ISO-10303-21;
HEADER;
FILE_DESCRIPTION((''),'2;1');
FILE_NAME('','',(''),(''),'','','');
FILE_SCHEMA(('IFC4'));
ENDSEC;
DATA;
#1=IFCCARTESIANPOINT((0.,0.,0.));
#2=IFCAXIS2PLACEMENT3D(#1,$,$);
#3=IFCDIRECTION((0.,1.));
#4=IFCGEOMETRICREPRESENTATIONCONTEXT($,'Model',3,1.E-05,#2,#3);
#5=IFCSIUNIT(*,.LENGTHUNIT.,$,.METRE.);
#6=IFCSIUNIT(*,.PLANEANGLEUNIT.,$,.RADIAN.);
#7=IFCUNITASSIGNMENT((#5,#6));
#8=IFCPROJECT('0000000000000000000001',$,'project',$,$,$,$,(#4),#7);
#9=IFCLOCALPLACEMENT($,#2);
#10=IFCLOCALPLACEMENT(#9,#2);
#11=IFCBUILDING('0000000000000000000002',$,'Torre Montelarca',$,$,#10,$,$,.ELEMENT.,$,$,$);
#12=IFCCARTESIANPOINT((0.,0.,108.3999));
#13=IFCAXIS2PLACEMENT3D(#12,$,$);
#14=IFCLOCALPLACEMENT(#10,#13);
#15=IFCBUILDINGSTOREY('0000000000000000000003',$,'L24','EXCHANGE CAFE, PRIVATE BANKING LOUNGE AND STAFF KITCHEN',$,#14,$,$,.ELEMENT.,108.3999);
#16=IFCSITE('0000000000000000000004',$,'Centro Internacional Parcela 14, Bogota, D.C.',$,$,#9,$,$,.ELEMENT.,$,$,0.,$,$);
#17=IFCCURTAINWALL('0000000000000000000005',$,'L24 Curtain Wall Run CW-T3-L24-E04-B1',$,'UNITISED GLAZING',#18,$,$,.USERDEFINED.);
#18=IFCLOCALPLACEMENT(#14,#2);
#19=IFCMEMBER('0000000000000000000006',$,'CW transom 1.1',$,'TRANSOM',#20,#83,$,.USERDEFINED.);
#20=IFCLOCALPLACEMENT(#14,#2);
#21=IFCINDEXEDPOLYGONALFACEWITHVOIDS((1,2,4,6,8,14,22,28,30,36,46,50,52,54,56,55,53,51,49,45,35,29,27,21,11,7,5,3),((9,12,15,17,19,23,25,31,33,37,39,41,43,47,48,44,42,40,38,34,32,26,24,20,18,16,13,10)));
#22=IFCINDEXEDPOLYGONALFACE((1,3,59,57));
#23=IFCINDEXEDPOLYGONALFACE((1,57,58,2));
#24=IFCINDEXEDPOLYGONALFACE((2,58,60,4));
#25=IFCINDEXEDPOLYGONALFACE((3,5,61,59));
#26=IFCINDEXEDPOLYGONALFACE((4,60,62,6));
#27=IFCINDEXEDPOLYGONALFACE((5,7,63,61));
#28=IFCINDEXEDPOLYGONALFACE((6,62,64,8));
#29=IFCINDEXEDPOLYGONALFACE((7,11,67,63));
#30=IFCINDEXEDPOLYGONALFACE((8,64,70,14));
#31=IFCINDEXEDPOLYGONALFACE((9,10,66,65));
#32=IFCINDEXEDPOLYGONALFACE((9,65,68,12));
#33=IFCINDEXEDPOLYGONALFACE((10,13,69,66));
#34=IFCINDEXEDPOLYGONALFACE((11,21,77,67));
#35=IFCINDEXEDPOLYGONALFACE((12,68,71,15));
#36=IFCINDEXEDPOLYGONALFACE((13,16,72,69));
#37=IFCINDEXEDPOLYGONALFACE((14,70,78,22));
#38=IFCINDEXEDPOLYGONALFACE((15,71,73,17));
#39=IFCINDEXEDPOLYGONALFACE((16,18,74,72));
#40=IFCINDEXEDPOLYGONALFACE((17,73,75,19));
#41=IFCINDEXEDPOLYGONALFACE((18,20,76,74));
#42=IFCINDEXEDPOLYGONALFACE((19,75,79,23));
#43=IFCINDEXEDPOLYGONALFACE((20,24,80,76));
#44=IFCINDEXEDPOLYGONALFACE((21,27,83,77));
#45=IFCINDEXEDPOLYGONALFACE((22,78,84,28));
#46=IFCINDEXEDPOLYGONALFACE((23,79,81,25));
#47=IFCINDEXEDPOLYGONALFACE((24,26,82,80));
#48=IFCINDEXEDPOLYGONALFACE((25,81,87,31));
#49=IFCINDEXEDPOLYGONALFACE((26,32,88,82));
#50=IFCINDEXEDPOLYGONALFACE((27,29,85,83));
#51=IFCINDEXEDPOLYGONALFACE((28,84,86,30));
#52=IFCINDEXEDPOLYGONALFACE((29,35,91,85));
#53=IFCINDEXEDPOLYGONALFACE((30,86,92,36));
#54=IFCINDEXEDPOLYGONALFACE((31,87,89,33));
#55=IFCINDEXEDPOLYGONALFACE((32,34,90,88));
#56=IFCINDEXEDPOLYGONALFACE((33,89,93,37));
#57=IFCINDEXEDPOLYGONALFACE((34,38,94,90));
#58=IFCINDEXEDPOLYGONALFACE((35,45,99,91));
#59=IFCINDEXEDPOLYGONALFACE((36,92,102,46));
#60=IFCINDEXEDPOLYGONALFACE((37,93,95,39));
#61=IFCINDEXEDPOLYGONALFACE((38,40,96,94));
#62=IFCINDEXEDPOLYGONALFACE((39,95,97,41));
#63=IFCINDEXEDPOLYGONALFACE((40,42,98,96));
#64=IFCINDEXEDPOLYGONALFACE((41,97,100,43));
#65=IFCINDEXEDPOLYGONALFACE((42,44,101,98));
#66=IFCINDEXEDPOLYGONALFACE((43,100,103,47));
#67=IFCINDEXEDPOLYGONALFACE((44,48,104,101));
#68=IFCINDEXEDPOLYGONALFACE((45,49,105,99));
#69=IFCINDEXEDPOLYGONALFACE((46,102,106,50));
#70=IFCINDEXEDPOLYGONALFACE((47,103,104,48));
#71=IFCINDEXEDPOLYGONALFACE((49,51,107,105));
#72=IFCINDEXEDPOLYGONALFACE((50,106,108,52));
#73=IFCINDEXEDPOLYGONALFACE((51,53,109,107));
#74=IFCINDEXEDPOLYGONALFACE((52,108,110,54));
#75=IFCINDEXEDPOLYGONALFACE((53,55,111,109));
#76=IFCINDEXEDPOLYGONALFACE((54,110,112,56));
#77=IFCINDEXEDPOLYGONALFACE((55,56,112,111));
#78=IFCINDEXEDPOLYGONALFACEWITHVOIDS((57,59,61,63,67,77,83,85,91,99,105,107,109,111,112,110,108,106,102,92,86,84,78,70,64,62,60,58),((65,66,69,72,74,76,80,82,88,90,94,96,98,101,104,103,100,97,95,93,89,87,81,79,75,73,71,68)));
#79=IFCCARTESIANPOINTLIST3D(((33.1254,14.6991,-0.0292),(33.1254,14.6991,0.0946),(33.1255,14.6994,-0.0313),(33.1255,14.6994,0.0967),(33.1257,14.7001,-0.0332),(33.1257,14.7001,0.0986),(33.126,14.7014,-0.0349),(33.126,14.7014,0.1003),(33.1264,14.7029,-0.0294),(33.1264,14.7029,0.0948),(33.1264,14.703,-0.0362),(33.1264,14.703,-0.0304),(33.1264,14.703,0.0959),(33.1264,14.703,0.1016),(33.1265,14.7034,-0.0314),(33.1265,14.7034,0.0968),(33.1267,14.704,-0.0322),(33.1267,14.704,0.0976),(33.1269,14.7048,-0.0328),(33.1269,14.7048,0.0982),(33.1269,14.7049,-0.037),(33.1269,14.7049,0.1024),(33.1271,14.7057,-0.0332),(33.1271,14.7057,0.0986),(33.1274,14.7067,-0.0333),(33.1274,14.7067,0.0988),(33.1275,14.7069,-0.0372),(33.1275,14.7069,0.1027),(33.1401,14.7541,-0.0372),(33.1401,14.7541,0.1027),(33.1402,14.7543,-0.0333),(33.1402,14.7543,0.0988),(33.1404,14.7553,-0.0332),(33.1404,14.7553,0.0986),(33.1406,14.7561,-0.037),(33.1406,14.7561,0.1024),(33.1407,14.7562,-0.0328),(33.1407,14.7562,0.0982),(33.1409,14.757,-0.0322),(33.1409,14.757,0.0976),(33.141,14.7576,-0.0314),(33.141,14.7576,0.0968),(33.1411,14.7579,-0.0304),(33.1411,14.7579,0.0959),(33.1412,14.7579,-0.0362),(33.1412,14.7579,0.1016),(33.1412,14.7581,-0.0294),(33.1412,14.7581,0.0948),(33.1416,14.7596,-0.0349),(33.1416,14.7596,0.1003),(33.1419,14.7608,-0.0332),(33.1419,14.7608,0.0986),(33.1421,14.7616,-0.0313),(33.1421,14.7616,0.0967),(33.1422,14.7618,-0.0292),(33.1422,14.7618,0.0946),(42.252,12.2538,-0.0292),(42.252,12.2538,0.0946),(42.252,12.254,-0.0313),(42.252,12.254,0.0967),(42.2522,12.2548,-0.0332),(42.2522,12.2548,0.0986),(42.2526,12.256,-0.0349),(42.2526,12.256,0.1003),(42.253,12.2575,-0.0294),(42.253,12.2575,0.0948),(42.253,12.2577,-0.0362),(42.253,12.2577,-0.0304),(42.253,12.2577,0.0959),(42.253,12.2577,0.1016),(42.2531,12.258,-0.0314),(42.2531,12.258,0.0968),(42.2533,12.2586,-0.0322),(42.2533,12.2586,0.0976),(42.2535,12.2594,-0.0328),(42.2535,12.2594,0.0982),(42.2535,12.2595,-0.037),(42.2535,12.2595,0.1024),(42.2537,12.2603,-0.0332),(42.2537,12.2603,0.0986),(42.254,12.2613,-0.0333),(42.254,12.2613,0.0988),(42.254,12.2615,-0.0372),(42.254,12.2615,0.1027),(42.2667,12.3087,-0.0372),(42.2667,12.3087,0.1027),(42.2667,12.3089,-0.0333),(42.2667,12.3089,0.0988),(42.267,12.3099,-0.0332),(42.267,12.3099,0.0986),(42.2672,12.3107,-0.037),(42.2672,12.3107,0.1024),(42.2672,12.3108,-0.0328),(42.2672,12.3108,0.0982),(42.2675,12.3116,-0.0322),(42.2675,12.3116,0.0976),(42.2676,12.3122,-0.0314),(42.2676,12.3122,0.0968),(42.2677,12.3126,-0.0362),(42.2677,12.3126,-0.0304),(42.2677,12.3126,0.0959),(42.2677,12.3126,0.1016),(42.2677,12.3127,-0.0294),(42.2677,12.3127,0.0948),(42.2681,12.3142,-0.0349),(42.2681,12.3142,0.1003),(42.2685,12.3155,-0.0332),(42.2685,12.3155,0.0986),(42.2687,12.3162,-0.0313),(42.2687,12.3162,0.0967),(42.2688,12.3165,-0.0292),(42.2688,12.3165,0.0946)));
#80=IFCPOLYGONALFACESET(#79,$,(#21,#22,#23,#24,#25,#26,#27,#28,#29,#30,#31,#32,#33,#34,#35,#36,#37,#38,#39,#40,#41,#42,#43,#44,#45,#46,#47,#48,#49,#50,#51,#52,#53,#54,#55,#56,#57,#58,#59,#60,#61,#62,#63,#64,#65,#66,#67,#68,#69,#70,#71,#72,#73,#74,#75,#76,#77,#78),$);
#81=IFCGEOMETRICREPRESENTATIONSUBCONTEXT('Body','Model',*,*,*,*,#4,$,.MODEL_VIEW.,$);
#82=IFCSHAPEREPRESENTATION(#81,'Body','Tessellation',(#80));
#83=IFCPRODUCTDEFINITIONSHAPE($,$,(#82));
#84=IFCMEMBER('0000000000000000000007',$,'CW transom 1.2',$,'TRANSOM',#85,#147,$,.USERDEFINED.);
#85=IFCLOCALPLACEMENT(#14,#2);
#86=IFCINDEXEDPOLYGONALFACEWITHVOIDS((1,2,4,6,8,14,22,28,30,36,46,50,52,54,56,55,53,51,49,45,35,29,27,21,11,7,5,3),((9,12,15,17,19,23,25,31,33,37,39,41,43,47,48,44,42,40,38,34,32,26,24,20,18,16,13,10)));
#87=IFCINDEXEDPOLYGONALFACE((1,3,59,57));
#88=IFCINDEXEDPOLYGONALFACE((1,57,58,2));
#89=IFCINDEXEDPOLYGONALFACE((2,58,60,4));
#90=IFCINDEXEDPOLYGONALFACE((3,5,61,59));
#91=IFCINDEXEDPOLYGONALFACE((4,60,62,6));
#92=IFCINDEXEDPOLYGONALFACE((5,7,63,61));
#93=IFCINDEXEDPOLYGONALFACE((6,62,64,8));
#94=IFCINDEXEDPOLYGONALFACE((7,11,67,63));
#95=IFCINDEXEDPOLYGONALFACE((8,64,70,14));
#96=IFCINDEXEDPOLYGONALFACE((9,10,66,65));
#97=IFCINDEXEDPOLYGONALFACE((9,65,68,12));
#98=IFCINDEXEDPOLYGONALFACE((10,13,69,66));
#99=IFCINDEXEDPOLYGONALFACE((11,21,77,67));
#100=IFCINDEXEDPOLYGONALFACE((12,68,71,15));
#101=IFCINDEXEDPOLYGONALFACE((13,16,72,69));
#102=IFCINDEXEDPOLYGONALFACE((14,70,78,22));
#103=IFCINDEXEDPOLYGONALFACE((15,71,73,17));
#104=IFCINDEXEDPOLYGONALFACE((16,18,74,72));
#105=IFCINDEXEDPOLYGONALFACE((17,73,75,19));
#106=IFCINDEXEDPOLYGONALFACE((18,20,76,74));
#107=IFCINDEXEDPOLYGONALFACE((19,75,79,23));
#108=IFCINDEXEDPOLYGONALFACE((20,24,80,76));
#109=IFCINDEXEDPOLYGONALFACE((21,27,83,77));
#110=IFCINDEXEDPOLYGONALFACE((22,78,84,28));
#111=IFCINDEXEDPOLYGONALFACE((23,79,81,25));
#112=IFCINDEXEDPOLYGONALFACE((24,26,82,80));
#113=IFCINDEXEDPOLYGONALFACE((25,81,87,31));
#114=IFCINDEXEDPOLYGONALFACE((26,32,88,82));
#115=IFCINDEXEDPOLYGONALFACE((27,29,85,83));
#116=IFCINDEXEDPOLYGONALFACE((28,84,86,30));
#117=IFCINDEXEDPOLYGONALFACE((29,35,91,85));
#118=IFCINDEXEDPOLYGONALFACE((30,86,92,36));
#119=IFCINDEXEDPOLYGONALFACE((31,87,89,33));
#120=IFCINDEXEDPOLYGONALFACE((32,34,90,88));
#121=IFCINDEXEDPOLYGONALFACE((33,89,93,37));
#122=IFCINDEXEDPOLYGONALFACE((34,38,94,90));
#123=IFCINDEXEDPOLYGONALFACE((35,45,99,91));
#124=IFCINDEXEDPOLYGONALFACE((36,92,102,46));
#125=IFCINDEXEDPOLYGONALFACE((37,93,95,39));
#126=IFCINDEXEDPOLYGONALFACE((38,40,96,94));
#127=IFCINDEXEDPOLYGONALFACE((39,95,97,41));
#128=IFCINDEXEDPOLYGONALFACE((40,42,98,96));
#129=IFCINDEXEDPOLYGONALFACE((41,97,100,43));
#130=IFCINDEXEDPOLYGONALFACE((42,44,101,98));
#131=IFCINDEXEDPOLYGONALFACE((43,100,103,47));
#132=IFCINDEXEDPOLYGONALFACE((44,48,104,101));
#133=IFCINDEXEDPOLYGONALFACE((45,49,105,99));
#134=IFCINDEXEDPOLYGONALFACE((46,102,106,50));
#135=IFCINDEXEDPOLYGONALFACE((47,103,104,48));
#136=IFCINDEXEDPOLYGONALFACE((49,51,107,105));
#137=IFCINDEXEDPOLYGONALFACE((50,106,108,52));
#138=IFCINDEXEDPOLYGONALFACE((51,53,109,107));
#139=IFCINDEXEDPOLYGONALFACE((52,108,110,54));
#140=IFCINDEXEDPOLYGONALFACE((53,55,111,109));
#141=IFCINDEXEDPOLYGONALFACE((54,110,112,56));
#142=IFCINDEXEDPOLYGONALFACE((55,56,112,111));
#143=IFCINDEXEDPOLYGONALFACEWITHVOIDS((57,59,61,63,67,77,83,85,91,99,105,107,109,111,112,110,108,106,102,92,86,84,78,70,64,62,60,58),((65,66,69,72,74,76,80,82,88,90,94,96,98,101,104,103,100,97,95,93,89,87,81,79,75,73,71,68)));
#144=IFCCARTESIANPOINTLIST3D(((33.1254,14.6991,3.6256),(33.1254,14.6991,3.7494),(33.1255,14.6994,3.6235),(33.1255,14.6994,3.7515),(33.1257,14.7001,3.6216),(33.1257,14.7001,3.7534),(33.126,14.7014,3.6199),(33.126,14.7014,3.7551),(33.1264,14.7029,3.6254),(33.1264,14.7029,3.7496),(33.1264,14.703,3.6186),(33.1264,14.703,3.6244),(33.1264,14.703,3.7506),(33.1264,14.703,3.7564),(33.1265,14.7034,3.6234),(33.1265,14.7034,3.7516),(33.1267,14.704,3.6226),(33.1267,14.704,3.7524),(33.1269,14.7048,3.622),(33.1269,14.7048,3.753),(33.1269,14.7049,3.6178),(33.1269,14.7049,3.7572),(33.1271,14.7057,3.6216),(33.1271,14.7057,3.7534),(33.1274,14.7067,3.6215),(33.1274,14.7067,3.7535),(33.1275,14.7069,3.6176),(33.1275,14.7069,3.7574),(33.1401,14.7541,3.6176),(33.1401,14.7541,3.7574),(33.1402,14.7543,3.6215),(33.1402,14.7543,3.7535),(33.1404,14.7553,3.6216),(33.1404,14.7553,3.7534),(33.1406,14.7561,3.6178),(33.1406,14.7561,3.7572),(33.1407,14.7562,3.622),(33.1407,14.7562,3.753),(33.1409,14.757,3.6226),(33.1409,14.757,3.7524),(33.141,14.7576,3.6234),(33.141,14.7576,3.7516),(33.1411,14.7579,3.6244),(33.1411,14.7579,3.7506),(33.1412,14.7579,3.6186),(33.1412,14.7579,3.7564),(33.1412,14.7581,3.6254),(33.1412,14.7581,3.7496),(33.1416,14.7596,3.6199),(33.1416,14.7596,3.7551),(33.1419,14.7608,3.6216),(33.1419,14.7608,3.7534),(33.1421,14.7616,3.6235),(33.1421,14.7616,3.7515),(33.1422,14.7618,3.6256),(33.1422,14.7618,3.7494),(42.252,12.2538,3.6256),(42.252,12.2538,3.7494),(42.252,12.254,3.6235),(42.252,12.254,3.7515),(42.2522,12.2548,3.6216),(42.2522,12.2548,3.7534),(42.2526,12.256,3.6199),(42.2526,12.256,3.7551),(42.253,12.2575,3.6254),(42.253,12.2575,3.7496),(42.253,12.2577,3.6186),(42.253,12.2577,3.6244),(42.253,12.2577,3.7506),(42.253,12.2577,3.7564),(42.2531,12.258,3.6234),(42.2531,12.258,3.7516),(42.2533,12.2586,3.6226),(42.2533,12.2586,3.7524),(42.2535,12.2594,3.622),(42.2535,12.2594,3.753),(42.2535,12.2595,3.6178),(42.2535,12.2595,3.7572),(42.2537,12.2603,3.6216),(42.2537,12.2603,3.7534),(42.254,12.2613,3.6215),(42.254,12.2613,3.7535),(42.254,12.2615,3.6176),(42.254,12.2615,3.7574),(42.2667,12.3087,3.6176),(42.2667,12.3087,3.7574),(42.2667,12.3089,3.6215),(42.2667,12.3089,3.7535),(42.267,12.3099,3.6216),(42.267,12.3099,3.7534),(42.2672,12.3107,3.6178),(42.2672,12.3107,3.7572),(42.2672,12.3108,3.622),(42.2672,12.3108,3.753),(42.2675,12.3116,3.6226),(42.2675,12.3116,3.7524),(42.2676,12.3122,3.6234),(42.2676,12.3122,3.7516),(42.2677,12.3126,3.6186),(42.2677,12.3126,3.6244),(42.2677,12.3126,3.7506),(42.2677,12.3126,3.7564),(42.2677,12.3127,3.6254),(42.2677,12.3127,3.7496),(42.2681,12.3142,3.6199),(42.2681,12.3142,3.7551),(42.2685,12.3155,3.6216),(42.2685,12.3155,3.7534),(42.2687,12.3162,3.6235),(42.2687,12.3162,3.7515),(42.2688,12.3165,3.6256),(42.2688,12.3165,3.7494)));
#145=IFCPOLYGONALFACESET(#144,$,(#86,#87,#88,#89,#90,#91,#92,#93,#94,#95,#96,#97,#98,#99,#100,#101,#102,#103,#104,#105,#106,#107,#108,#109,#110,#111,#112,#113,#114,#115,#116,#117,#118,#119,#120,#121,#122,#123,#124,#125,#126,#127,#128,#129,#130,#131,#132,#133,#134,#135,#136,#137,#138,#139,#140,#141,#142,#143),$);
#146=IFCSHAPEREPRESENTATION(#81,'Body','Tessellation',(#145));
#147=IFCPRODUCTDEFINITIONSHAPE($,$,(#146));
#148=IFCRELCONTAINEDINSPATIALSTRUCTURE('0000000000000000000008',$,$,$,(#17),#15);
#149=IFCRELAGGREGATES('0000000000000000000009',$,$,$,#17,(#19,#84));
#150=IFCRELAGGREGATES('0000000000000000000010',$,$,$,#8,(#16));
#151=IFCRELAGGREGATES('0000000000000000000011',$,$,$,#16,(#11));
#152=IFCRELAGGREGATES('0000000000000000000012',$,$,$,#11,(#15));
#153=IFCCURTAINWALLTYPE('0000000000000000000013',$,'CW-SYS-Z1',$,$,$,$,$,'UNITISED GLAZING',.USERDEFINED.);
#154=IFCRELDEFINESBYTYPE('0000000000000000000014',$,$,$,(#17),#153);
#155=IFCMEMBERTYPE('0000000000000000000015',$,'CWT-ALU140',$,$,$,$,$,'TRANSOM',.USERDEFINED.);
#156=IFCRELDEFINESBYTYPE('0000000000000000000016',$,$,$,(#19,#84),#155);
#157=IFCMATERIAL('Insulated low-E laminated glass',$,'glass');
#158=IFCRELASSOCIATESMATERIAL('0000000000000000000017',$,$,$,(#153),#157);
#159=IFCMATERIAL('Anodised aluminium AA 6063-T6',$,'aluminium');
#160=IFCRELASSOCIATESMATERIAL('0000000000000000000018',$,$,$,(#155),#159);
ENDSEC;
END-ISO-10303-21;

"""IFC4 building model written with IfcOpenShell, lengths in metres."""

from ifc_helpers import new_model, si_unit, direction, frame, origin, origin_2d, place, context, subcontext, project, spatial, hollow_rectangle, extrude, source, transform, mapped, material, material_profile, profile_set, type_object, element, aggregate, save


model = new_model("IFC4")

# Units and contexts
model_context = context("Model", 3, precision=1e-05, world=origin(), true_north=direction((0.0, 1.0)))
body_context = subcontext(model_context, "Body", "Model", "MODEL_VIEW")
ifc_project = project(units=[si_unit("LENGTHUNIT", "METRE"), si_unit("PLANEANGLEUNIT", "RADIAN")], contexts=[model_context])

# Site, building, storey
site_placement = place(None, origin())
site = spatial("IfcSite", under=ifc_project, at=site_placement, Name="Centro Internacional Parcela 14, Bogota, D.C.", CompositionType="ELEMENT", RefElevation=0.0)
building_placement = place(site_placement, origin())
building = spatial("IfcBuilding", under=site, at=building_placement, Name="Torre Montelarca", CompositionType="ELEMENT")
storey_placement = place(building_placement, frame((0.0, 0.0, 108.3999)))
storey = spatial("IfcBuildingStorey", under=building, at=storey_placement, Name="L24", Description="EXCHANGE CAFE, PRIVATE BANKING LOUNGE AND STAFF KITCHEN", CompositionType="ELEMENT", Elevation=108.3999)

# Shared definitions
ifc_material_1 = material(Name="Insulated low-E laminated glass", Category="glass")
curtain_wall_type = type_object("IfcCurtainWallType", Name="CW-SYS-Z1", ElementType="UNITISED GLAZING", PredefinedType="USERDEFINED", material=ifc_material_1)
ifc_material_2 = material(Name="Anodised aluminium AA 6063-T6", Category="aluminium")
ifc_material_profile_1 = material_profile(ifc_material_2, hollow_rectangle(XDim=0.0649, YDim=0.1399, WallThickness=0.0039, InnerFilletRadius=0.0039, OuterFilletRadius=0.0081, at=origin_2d()), Name="ALU65X140X4", Category="aluminium")
ifc_profile_set_1 = profile_set([ifc_material_profile_1], Name="Anodised aluminium AA 6063-T6")
member_type_1 = type_object("IfcMemberType", Name="CWT-ALU140", ElementType="TRANSOM", PredefinedType="USERDEFINED", material=ifc_profile_set_1)

# Curtain wall, members
curtain_wall_1_placement = place(storey_placement, origin())
curtain_wall_1 = element("IfcCurtainWall", 1, at=curtain_wall_1_placement, inside=storey, type_object=curtain_wall_type, Name="L24 Curtain Wall Run CW-T3-L24-E04-B1", ObjectType="UNITISED GLAZING", PredefinedType="USERDEFINED")
shared_shape_1 = source(origin(), body_context, "Body", "SweptSolid", [
    extrude(hollow_rectangle(XDim=0.0649, YDim=0.1399, WallThickness=0.0039, InnerFilletRadius=0.0039, OuterFilletRadius=0.0081, at=origin_2d()), origin(), (0.0, 0.0, 1.0), 9.4485),
])
member_1_placement = place(storey_placement, frame((33.1338, 14.7305, 0.0327), z_axis=(0.965929, -0.258808, 0.0), x_axis=(0.258808, 0.965929, 0.0)))
member_1 = element("IfcMember", 2, at=member_1_placement, type_object=member_type_1, Name="CW transom 1.1", ObjectType="TRANSOM", PredefinedType="USERDEFINED", context=body_context, shape_type="MappedRepresentation", body=[
    mapped(shared_shape_1, transform((0.0, 0.0, 0.0), scale=1.0)),
])
member_2_placement = place(storey_placement, frame((33.1338, 14.7305, 3.6875), z_axis=(0.965929, -0.258808, 0.0), x_axis=(0.258808, 0.965929, 0.0)))
member_2 = element("IfcMember", 3, at=member_2_placement, type_object=member_type_1, Name="CW transom 1.2", ObjectType="TRANSOM", PredefinedType="USERDEFINED", context=body_context, shape_type="MappedRepresentation", body=[
    mapped(shared_shape_1, transform((0.0, 0.0, 0.0), scale=1.0)),
])

aggregate(curtain_wall_1, [member_1, member_2])

save(model, "model.ifc")
